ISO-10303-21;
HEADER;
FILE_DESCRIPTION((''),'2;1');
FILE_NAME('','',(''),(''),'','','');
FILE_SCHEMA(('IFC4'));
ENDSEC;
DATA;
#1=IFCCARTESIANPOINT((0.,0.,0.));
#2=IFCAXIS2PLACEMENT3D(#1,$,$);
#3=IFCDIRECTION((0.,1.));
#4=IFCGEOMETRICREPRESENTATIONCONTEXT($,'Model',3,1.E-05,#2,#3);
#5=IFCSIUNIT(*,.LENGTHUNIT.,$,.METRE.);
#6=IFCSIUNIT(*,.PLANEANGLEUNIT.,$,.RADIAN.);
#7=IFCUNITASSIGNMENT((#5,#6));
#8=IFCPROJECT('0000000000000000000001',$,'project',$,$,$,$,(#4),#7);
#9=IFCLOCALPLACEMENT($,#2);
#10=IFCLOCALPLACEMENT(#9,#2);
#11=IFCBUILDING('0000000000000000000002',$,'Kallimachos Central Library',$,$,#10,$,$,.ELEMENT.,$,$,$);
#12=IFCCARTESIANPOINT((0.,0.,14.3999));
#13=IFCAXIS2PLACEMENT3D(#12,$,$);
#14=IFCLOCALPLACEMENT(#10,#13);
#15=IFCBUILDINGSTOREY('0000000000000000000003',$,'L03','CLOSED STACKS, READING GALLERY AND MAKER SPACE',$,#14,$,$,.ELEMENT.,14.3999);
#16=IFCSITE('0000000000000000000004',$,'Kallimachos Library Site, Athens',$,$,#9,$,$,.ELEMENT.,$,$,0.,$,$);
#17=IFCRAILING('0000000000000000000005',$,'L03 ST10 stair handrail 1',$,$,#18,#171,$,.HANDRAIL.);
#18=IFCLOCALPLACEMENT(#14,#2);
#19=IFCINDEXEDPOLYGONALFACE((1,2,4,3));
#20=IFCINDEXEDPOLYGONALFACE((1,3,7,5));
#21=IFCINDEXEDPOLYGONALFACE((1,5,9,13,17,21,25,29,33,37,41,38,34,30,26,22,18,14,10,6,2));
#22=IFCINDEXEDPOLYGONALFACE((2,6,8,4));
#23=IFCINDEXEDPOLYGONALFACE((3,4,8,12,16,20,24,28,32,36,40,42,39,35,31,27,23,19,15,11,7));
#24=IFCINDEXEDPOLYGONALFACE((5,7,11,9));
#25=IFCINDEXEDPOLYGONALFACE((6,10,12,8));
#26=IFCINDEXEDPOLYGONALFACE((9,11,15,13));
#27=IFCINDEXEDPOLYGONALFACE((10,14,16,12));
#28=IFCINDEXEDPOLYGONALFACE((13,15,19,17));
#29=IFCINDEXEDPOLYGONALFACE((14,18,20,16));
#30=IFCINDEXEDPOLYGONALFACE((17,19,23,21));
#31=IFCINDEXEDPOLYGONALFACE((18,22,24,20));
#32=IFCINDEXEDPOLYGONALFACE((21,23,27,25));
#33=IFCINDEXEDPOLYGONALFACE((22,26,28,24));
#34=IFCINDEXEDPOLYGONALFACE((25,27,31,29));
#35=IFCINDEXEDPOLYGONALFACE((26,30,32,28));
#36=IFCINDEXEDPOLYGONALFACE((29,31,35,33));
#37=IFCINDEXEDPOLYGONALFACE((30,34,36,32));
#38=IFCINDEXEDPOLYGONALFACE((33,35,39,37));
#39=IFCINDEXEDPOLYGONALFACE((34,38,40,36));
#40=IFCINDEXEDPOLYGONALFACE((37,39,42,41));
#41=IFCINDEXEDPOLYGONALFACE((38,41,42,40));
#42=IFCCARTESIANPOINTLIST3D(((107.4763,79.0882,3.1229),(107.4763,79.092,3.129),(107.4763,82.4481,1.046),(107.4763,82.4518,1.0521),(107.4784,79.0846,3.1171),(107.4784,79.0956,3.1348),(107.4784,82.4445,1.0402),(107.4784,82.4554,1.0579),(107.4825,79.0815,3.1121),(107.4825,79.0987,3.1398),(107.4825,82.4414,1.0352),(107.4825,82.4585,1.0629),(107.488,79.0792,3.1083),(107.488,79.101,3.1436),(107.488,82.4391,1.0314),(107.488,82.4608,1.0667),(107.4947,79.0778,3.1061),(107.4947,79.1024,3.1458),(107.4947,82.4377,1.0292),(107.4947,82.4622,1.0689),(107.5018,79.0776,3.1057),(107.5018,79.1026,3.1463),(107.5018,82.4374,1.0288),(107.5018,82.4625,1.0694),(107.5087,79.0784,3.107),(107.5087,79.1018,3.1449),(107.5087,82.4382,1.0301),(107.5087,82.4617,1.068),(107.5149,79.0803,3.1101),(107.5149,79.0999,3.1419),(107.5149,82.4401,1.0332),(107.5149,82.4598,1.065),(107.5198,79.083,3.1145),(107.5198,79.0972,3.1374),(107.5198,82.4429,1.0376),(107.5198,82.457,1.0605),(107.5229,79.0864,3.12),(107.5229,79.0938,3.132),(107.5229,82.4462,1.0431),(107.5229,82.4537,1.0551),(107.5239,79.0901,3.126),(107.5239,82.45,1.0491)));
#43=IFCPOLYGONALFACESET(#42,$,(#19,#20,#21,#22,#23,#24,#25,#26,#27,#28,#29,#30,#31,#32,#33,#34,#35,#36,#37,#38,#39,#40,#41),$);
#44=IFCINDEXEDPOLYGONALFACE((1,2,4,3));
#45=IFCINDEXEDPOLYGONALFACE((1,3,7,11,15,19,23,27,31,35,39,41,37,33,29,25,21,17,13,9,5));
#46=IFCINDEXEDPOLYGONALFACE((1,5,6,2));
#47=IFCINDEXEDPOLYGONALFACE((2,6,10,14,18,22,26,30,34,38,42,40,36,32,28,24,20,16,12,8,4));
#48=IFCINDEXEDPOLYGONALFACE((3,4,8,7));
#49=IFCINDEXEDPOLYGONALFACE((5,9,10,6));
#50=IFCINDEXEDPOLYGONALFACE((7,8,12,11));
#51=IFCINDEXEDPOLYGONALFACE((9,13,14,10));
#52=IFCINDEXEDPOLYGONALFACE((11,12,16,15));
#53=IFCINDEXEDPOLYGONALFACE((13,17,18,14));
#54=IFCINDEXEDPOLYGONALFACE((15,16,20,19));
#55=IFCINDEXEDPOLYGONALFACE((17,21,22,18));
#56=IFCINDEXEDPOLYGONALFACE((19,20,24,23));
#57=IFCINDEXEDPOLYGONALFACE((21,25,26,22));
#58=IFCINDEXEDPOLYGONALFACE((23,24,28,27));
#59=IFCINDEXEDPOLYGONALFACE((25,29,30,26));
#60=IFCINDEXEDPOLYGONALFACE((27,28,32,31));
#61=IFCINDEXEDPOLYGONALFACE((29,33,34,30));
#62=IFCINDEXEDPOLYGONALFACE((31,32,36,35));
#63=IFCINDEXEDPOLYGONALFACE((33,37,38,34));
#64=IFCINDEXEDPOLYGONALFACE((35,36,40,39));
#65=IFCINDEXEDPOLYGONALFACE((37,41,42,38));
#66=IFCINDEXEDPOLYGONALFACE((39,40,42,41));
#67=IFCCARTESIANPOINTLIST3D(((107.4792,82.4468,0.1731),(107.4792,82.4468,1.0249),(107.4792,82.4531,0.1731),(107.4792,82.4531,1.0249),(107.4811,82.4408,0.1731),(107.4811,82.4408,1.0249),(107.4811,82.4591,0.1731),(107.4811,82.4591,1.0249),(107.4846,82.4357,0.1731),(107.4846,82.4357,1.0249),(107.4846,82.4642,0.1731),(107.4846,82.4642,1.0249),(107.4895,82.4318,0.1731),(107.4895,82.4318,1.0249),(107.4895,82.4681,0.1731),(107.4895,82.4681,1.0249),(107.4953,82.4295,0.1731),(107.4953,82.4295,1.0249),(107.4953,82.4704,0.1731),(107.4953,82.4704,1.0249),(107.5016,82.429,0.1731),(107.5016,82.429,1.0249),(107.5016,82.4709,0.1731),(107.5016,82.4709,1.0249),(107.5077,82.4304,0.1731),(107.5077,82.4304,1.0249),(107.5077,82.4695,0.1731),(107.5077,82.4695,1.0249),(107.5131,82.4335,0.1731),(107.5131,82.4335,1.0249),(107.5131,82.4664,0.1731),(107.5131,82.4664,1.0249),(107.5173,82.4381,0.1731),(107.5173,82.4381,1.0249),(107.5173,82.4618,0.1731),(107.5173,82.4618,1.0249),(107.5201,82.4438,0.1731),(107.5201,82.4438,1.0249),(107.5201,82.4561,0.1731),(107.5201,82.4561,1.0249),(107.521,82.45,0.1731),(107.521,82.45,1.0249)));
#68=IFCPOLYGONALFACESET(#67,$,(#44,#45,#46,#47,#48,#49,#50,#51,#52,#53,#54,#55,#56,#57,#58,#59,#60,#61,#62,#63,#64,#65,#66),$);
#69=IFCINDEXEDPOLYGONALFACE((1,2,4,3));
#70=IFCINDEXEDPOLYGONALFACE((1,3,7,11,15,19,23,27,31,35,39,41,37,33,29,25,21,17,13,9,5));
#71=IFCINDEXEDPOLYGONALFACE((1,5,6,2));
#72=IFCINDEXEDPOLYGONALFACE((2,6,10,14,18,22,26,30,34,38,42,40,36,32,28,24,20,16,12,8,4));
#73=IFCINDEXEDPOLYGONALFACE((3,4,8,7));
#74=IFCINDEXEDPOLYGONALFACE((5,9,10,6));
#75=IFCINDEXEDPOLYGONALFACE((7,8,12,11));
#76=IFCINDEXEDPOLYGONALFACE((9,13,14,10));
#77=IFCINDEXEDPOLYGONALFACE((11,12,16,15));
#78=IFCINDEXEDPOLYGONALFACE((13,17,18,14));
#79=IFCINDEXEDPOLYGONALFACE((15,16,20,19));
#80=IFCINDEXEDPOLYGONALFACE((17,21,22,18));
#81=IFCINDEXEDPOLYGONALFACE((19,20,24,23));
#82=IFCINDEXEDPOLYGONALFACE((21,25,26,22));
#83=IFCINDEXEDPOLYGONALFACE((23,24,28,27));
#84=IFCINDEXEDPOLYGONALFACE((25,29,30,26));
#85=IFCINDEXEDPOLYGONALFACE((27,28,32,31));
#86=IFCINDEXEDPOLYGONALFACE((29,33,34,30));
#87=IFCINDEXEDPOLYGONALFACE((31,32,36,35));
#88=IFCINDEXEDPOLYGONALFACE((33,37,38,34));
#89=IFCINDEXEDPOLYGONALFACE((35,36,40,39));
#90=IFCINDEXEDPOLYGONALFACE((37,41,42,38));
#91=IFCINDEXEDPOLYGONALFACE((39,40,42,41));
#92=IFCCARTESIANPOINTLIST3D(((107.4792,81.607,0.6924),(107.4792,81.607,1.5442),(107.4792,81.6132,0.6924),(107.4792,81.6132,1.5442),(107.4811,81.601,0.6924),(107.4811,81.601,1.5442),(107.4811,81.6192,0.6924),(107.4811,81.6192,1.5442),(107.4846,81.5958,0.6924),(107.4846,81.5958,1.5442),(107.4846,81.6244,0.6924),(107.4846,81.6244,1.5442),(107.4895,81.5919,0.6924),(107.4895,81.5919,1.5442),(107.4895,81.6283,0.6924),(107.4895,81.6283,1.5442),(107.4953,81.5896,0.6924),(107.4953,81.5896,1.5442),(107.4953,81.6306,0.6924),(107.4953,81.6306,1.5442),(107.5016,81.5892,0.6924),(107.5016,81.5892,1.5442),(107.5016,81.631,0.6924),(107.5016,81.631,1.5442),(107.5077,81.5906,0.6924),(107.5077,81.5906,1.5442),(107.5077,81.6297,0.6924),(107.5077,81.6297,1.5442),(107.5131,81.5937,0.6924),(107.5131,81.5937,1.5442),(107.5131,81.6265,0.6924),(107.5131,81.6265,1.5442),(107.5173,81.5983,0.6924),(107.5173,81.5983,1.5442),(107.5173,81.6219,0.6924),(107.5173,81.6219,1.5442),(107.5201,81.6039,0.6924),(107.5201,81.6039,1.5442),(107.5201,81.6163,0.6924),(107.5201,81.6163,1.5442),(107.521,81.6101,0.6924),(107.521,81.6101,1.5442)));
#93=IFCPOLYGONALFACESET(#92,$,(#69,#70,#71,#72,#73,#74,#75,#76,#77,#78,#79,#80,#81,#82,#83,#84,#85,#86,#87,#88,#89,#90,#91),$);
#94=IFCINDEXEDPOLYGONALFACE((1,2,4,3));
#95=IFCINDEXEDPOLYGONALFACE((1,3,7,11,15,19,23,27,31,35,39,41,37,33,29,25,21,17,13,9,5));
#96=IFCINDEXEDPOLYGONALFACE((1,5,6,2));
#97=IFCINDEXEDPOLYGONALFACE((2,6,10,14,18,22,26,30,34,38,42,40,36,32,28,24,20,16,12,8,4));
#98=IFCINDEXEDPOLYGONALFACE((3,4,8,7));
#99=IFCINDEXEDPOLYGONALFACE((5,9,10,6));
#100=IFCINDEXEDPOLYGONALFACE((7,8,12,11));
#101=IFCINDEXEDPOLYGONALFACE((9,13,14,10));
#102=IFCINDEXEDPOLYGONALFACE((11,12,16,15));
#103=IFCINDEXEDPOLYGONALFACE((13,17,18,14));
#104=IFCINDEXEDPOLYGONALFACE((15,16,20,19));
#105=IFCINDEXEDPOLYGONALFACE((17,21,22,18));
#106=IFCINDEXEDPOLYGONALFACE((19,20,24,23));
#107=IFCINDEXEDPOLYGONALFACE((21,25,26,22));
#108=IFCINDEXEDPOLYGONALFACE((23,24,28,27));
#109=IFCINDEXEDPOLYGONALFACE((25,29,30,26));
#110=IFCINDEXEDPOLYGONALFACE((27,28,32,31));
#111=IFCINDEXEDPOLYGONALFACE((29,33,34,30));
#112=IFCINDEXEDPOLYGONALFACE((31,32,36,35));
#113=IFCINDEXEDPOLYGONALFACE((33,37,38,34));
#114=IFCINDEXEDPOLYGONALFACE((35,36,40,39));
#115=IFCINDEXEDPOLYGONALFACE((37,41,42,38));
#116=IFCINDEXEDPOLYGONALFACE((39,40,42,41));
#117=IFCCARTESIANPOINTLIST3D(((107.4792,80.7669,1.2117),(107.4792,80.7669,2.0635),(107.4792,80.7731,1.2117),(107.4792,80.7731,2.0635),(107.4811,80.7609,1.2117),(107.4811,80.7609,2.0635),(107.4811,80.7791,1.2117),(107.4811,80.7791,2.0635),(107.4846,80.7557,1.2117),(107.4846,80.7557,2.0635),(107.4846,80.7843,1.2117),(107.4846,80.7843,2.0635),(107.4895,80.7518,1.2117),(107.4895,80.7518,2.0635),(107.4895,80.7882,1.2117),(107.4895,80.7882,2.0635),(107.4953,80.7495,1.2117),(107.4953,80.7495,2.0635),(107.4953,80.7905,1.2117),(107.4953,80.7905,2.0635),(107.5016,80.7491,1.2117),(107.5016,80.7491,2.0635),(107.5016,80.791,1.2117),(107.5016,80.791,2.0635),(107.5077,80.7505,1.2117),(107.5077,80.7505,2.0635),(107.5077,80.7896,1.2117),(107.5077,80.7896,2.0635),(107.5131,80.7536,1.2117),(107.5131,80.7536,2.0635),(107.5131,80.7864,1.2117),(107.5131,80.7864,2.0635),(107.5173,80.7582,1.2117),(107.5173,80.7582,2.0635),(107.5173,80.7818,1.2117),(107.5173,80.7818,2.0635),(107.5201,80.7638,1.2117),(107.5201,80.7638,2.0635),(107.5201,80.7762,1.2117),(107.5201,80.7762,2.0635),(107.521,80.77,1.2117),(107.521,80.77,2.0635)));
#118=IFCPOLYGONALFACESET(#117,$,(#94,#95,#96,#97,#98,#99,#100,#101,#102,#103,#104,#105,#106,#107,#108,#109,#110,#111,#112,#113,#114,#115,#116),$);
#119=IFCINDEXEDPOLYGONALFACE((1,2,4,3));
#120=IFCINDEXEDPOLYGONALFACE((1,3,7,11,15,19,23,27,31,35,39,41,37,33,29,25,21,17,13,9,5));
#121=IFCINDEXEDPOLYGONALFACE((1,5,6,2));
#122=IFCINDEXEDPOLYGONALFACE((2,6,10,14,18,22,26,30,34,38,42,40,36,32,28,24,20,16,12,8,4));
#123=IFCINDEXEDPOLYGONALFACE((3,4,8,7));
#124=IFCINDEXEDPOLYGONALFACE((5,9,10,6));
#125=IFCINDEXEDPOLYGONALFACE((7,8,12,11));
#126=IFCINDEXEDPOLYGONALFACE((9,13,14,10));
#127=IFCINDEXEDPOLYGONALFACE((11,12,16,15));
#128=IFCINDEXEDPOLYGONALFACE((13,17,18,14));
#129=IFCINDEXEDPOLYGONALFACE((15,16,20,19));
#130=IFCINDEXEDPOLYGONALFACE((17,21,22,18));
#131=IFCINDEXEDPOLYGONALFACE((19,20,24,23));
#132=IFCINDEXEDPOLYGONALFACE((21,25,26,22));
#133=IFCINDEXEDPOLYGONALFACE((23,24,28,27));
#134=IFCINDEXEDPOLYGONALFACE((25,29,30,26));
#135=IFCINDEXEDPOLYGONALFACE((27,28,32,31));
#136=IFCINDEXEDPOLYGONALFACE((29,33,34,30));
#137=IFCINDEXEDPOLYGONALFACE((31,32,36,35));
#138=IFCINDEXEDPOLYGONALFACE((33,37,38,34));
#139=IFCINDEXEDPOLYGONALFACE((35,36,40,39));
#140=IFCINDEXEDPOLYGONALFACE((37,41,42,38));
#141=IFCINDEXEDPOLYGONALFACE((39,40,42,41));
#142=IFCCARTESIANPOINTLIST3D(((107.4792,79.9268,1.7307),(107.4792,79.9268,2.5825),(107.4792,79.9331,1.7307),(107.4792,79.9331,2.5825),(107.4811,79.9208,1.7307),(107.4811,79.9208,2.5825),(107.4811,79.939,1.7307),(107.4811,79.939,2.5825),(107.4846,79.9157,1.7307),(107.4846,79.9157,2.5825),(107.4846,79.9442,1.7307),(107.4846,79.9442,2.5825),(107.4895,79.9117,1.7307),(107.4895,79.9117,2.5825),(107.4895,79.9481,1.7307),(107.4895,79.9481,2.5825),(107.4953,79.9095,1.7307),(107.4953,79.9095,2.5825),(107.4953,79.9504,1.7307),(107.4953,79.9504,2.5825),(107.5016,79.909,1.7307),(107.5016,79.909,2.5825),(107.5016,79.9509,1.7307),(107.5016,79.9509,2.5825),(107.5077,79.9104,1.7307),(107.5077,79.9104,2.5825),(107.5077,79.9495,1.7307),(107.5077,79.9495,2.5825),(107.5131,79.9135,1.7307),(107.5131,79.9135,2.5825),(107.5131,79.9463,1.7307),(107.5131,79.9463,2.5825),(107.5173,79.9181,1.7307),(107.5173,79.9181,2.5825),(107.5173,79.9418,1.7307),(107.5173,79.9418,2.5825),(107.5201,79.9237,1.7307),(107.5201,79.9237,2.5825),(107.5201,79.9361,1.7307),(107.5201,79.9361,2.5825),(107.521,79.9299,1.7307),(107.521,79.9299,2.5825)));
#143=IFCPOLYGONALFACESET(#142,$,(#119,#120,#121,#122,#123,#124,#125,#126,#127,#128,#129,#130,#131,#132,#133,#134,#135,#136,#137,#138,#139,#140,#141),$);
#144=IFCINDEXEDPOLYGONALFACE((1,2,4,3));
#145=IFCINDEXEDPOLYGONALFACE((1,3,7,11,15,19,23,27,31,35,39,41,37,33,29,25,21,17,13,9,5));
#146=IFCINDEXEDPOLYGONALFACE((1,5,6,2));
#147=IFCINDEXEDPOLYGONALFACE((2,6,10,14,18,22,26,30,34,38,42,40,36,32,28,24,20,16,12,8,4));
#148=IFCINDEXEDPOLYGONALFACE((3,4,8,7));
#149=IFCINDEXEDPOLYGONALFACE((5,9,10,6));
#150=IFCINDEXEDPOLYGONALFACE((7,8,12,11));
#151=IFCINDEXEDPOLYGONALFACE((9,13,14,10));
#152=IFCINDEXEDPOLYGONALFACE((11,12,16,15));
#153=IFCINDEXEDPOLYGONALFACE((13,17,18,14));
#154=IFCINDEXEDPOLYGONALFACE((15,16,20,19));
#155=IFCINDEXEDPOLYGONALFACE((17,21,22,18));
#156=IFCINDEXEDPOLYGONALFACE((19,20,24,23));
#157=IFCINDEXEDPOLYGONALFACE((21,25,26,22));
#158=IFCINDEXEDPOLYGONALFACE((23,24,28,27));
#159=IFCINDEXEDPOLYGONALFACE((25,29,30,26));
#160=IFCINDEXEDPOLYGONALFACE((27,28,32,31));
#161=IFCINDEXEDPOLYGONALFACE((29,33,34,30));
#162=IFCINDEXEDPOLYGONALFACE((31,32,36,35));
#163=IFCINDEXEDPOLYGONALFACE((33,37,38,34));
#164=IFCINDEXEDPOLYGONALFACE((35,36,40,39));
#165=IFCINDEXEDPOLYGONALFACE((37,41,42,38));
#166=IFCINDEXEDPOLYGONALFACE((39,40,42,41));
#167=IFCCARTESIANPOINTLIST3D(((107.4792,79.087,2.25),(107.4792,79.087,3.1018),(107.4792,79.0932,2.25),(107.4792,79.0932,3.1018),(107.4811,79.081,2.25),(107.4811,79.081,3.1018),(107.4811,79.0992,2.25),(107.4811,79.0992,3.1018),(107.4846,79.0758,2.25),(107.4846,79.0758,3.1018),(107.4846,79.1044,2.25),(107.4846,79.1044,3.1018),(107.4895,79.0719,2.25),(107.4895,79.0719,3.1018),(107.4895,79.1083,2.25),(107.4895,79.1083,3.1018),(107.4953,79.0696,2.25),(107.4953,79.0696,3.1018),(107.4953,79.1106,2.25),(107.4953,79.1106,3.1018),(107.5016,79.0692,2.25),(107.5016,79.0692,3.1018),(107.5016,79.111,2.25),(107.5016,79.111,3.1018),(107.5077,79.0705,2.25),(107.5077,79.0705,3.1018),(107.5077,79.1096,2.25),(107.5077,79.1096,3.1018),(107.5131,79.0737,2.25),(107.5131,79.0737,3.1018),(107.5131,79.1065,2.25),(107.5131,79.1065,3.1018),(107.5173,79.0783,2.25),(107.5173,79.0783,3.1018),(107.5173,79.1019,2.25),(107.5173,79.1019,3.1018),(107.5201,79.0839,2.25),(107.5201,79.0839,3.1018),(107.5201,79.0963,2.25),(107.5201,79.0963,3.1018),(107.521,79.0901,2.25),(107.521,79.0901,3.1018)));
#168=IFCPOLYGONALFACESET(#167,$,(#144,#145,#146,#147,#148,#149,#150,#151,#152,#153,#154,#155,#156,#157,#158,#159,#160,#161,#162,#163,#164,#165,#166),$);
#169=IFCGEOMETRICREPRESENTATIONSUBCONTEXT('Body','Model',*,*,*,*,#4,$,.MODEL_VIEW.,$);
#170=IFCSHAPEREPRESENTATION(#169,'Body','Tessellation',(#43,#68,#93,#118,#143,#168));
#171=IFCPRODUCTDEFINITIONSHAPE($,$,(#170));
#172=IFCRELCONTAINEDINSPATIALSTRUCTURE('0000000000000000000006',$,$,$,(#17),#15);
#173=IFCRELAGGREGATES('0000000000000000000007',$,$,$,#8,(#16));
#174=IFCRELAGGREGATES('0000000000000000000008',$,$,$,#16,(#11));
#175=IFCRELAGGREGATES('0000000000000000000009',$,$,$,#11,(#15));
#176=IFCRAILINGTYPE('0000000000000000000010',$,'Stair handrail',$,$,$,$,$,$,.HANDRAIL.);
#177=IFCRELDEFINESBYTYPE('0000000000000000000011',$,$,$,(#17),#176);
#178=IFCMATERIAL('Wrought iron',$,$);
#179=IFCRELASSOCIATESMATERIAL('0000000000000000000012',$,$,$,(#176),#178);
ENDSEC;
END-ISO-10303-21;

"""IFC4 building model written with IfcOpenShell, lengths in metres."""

from ifc_helpers import new_model, si_unit, direction, frame, origin, origin_2d, place, context, subcontext, project, spatial, circle, extrude, material, type_object, element, save


model = new_model("IFC4")

# Units and contexts
model_context = context("Model", 3, precision=1e-05, world=origin(), true_north=direction((0.0, 1.0)))
body_context = subcontext(model_context, "Body", "Model", "MODEL_VIEW")
ifc_project = project(units=[si_unit("LENGTHUNIT", "METRE"), si_unit("PLANEANGLEUNIT", "RADIAN")], contexts=[model_context])

# Site, building, storey
site_placement = place(None, origin())
site = spatial("IfcSite", under=ifc_project, at=site_placement, Name="Kallimachos Library Site, Athens", CompositionType="ELEMENT", RefElevation=0.0)
building_placement = place(site_placement, origin())
building = spatial("IfcBuilding", under=site, at=building_placement, Name="Kallimachos Central Library", CompositionType="ELEMENT")
storey_placement = place(building_placement, frame((0.0, 0.0, 14.3999)))
storey = spatial("IfcBuildingStorey", under=building, at=storey_placement, Name="L03", Description="CLOSED STACKS, READING GALLERY AND MAKER SPACE", CompositionType="ELEMENT", Elevation=14.3999)

# Railing
ifc_material_1 = material(Name="Wrought iron")
railing_type_1 = type_object("IfcRailingType", Name="Stair handrail", PredefinedType="HANDRAIL", material=ifc_material_1)
railing_1_placement = place(storey_placement, frame((107.5, 82.45, 0.1731)))
element("IfcRailing", 1, at=railing_1_placement, inside=storey, type_object=railing_type_1, Name="L03 ST10 stair handrail 1", PredefinedType="HANDRAIL", context=body_context, shape_type="SweptSolid", body=[
    extrude(circle(Radius=0.0239, at=origin_2d()), frame((0.0, 0.0, 0.876), z_axis=(0.0, -0.850606, 0.525803), x_axis=(1.0, 0.0, 0.0)), (0.0, 0.0, 1.0), 3.95),
    extrude(circle(Radius=0.021, at=origin_2d()), origin(), (0.0, 0.0, 1.0), 0.8518),
    extrude(circle(Radius=0.021, at=origin_2d()), frame((0.0, -0.8398, 0.5193)), (0.0, 0.0, 1.0), 0.8518),
    extrude(circle(Radius=0.021, at=origin_2d()), frame((0.0, -1.6799, 1.0386)), (0.0, 0.0, 1.0), 0.8518),
    extrude(circle(Radius=0.021, at=origin_2d()), frame((0.0, -2.52, 1.5576)), (0.0, 0.0, 1.0), 0.8518),
    extrude(circle(Radius=0.021, at=origin_2d()), frame((0.0, -3.3599, 2.0769)), (0.0, 0.0, 1.0), 0.8518),
])

save(model, "model.ifc")
